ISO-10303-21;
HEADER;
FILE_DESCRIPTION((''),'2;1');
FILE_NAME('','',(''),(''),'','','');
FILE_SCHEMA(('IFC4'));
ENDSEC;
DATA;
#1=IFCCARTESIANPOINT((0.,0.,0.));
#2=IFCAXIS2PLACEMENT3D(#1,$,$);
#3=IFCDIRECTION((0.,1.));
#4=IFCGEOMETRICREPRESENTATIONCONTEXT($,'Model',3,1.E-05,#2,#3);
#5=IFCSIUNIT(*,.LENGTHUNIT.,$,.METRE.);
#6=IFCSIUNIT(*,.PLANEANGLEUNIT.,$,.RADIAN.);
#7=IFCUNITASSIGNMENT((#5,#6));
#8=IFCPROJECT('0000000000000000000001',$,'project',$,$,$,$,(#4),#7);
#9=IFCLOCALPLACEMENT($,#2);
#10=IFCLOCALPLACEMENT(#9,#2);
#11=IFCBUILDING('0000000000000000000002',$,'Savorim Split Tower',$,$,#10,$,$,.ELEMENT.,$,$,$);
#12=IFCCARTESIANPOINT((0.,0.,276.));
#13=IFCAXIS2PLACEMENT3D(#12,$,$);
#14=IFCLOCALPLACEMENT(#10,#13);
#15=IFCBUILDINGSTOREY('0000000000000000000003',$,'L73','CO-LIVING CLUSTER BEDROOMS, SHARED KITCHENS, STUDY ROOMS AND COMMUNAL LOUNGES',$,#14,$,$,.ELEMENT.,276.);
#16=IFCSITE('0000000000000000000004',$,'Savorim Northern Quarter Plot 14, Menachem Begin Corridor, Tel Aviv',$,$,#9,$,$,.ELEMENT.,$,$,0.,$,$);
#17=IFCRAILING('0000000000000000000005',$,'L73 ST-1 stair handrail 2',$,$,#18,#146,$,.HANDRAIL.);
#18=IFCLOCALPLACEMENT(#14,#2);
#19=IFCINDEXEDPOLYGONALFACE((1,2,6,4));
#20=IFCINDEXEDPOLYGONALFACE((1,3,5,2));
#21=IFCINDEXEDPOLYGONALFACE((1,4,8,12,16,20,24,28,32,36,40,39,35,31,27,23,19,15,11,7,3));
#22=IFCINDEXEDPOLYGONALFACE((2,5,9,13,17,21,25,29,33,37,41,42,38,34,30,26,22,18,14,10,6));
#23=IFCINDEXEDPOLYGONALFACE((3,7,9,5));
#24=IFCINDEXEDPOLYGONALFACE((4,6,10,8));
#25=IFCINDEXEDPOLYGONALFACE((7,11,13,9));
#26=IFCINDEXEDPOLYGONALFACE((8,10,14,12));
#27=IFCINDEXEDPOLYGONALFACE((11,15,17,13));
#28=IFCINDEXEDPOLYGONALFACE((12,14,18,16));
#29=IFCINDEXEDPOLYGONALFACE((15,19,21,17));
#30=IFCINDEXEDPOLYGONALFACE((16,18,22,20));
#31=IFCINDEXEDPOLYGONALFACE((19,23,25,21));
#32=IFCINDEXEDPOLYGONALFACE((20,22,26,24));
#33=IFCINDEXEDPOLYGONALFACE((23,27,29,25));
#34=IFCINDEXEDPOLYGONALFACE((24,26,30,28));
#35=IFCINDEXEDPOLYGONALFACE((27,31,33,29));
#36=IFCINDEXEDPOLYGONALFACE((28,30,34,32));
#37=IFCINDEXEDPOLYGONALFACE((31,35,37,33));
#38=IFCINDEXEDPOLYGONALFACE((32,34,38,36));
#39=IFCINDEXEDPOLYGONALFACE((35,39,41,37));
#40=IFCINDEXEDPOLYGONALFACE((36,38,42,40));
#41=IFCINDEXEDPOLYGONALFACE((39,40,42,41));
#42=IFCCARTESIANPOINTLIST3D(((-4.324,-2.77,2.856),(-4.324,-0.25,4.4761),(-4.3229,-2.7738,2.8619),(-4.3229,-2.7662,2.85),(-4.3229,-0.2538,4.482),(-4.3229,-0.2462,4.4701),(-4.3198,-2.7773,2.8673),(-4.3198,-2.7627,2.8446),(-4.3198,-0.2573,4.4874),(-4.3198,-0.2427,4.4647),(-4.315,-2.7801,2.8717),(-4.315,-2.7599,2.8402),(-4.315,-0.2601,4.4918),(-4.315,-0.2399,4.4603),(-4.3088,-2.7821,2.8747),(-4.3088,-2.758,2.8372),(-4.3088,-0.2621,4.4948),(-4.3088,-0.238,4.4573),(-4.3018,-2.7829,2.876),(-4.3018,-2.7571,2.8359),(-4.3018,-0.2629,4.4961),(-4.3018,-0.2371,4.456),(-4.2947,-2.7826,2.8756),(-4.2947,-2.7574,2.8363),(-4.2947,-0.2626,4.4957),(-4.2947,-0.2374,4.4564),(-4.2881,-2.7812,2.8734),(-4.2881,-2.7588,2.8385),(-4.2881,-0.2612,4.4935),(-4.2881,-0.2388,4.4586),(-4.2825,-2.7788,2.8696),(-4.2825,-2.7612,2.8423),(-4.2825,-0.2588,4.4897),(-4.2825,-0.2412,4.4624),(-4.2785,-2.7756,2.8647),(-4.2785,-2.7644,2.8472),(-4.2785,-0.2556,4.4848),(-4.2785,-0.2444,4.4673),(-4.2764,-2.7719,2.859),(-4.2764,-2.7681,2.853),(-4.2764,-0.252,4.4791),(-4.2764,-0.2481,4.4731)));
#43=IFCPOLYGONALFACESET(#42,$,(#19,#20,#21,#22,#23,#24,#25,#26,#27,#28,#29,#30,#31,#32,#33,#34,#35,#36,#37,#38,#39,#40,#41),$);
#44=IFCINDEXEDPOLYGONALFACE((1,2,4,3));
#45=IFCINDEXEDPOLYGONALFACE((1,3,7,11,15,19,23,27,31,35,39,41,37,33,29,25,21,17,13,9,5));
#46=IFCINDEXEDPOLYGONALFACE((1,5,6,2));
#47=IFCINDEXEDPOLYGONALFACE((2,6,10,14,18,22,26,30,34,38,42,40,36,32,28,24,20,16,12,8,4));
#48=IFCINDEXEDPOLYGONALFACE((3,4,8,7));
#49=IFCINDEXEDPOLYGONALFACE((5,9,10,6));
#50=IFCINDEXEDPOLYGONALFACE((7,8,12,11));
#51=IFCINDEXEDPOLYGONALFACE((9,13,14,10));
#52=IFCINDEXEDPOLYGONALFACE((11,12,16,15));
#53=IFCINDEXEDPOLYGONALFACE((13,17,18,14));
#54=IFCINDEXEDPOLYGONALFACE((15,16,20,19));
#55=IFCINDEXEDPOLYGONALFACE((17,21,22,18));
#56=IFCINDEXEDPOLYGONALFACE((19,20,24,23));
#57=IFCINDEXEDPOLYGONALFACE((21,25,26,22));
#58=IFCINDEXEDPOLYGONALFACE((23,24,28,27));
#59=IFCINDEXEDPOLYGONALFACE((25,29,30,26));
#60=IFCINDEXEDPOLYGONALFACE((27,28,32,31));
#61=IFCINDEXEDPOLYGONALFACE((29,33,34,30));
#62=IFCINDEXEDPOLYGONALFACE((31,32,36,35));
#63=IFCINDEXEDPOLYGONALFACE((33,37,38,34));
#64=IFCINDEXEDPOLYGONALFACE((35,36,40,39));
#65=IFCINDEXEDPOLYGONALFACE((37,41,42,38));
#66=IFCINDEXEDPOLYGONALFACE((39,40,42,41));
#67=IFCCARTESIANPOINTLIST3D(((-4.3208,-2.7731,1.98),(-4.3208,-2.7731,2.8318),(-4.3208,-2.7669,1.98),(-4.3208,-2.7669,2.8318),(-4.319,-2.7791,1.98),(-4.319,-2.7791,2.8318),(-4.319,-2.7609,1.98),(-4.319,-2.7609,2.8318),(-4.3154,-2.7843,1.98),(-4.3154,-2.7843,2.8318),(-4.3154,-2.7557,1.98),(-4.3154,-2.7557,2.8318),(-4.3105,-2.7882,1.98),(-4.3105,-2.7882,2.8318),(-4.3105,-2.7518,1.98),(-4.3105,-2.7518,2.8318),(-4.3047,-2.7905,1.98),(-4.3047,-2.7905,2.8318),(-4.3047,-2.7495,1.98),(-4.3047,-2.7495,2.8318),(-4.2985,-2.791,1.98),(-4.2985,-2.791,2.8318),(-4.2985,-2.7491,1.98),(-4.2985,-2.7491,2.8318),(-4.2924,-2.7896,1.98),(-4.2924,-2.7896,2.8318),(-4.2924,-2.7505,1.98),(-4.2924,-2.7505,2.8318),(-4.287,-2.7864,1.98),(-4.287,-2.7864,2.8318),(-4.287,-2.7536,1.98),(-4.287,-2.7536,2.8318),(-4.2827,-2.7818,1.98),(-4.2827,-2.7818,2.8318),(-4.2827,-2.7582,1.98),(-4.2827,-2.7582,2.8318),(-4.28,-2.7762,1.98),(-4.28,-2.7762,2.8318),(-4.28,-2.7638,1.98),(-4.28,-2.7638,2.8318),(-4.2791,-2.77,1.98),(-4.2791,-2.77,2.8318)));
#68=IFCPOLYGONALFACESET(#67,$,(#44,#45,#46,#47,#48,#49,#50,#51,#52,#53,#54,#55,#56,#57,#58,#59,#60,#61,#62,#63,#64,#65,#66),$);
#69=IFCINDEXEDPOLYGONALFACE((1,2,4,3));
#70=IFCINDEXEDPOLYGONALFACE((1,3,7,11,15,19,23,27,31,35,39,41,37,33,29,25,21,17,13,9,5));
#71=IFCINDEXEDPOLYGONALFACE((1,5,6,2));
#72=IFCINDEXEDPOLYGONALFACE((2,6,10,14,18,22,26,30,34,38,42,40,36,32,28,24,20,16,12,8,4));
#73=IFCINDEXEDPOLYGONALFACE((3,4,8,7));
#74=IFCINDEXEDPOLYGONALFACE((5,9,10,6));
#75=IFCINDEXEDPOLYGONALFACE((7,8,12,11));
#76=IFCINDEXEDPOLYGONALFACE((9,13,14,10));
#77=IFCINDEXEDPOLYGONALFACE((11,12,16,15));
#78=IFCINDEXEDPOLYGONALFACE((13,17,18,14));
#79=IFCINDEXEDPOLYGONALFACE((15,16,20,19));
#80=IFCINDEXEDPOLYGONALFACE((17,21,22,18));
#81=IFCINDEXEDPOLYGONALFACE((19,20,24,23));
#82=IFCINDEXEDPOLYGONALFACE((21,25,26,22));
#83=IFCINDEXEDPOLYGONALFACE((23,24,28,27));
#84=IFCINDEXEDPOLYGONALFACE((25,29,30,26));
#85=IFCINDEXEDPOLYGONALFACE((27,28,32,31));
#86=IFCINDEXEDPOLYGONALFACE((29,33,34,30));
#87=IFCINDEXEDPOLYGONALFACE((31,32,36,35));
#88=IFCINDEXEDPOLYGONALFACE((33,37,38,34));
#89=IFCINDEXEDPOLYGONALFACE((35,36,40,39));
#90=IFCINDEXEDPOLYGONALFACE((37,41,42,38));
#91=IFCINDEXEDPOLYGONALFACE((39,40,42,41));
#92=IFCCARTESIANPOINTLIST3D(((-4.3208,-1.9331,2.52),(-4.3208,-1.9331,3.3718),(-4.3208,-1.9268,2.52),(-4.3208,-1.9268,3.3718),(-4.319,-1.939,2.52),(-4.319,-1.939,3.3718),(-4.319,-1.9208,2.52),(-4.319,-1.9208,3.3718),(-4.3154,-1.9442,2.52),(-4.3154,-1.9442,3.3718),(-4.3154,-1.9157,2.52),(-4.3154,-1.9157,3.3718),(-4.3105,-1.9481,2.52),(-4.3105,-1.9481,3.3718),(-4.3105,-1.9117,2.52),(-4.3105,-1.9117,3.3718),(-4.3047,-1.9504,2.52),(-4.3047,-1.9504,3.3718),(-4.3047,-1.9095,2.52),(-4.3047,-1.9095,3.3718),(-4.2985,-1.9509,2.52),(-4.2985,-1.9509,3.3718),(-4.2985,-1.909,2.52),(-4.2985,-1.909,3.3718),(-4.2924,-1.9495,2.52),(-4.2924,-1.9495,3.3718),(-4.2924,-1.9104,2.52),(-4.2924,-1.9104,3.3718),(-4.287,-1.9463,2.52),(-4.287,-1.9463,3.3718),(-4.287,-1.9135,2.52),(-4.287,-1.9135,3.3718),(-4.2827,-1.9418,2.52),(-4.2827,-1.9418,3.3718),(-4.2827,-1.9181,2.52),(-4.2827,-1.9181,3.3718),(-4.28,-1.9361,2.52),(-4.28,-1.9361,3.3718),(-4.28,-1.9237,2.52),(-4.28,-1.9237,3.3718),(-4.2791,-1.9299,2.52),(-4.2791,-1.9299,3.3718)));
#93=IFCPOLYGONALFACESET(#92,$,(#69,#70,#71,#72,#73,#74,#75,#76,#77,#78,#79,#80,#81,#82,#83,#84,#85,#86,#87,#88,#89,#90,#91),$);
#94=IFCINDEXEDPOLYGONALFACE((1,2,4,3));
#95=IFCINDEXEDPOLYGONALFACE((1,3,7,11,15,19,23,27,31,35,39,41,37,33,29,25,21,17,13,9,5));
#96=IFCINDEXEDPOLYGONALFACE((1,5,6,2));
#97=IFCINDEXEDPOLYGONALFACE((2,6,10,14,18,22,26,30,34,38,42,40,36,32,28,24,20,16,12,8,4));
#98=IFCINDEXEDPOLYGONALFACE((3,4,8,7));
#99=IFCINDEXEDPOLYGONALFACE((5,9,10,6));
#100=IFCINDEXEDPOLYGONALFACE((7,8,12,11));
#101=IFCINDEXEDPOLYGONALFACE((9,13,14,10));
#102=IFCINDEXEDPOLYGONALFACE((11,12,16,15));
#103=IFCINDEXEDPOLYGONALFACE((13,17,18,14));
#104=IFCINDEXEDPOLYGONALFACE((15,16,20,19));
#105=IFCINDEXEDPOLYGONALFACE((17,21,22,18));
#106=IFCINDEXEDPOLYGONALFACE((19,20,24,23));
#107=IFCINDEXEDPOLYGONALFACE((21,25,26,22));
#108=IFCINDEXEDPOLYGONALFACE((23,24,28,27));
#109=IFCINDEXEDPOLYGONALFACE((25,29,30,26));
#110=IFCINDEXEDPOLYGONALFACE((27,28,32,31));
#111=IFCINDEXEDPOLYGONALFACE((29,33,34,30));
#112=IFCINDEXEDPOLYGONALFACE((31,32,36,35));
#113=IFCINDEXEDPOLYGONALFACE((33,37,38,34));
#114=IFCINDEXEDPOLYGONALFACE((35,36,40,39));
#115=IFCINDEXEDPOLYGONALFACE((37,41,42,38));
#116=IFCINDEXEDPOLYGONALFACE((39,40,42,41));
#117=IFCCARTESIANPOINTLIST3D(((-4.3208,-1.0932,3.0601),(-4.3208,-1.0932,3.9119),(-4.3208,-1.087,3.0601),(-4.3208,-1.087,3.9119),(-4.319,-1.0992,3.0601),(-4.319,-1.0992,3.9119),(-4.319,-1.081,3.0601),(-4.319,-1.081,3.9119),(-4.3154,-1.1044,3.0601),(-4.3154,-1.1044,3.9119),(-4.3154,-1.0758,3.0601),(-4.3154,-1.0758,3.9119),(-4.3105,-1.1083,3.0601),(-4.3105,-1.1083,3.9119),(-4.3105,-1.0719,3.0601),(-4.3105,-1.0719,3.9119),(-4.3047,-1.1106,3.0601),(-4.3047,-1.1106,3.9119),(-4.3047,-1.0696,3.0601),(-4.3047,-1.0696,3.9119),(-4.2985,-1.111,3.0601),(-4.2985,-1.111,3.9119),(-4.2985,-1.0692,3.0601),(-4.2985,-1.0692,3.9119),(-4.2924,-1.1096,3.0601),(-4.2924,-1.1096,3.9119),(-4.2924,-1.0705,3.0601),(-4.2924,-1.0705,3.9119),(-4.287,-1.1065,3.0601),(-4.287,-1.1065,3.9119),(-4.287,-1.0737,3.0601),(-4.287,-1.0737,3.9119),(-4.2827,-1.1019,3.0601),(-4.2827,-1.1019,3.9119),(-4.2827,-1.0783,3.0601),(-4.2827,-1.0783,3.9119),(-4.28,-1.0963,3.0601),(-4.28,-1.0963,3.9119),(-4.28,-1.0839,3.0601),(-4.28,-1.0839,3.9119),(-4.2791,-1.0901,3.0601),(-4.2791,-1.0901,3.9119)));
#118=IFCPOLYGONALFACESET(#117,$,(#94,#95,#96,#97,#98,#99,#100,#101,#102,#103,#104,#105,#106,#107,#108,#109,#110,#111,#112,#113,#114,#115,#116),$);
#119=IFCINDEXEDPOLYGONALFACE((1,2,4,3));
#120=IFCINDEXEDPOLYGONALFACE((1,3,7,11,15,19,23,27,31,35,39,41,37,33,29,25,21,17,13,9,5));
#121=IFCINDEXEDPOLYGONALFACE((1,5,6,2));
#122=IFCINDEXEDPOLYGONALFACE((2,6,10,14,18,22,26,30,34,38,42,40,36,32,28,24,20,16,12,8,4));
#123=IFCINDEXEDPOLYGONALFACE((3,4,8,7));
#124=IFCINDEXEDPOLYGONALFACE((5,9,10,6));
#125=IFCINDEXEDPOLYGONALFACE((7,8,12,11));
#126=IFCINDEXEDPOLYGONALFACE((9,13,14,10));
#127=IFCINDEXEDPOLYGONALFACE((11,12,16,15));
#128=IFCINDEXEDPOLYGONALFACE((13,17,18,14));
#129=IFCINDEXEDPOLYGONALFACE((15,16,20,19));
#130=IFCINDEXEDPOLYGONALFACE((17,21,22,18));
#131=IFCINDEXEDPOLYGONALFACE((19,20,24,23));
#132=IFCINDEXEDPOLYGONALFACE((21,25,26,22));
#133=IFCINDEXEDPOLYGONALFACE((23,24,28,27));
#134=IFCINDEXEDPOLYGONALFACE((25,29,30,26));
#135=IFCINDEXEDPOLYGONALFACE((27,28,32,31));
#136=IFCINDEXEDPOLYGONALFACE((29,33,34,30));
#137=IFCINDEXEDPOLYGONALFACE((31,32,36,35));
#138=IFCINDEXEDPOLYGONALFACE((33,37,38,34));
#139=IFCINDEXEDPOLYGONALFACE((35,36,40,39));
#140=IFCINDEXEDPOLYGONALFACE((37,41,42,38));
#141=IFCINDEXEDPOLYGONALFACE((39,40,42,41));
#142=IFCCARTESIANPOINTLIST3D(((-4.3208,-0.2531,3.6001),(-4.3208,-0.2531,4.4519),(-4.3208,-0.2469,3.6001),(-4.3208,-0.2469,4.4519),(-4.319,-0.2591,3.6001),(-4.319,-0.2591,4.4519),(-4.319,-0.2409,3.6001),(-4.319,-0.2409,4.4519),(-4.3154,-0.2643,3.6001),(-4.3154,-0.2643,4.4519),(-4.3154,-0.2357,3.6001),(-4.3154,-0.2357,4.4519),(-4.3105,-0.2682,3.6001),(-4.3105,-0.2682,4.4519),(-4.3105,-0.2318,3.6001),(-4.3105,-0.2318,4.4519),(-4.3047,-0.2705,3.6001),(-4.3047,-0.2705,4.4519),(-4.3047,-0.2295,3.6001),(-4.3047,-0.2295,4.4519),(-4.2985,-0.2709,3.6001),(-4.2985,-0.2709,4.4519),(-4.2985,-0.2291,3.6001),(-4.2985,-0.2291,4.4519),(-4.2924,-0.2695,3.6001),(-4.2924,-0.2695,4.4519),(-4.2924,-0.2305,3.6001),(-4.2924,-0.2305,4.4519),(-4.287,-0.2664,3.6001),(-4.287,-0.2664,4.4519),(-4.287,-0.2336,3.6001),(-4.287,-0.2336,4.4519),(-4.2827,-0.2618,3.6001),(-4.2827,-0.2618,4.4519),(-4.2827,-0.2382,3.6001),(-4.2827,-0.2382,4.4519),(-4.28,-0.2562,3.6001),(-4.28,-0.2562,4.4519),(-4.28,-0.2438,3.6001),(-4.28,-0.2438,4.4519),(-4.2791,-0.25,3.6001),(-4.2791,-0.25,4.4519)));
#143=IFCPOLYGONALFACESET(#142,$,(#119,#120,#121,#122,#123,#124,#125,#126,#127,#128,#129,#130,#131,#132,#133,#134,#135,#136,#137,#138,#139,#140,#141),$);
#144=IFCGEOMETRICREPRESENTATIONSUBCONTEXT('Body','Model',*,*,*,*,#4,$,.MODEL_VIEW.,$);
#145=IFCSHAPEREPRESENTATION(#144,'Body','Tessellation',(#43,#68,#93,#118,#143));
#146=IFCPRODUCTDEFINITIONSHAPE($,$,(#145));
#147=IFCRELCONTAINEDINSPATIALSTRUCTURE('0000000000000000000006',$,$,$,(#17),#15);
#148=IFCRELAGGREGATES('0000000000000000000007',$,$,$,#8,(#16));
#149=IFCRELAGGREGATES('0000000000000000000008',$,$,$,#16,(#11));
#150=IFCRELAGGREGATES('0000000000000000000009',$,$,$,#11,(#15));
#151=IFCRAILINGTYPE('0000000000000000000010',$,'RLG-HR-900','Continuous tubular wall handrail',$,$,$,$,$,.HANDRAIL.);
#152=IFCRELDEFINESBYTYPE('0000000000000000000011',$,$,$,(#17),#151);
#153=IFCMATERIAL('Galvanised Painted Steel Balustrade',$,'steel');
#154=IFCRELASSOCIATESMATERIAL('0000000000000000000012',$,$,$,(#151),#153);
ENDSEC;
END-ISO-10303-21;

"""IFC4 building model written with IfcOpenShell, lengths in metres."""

from ifc_helpers import new_model, si_unit, direction, frame, origin, origin_2d, place, context, subcontext, project, spatial, circle, extrude, material, type_object, element, save


model = new_model("IFC4")

# Units and contexts
model_context = context("Model", 3, precision=1e-05, world=origin(), true_north=direction((0.0, 1.0)))
body_context = subcontext(model_context, "Body", "Model", "MODEL_VIEW")
ifc_project = project(units=[si_unit("LENGTHUNIT", "METRE"), si_unit("PLANEANGLEUNIT", "RADIAN")], contexts=[model_context])

# Site, building, storey
site_placement = place(None, origin())
site = spatial("IfcSite", under=ifc_project, at=site_placement, Name="Savorim Northern Quarter Plot 14, Menachem Begin Corridor, Tel Aviv", CompositionType="ELEMENT", RefElevation=0.0)
building_placement = place(site_placement, origin())
building = spatial("IfcBuilding", under=site, at=building_placement, Name="Savorim Split Tower", CompositionType="ELEMENT")
storey_placement = place(building_placement, frame((0.0, 0.0, 276.0)))
storey = spatial("IfcBuildingStorey", under=building, at=storey_placement, Name="L73", Description="CO-LIVING CLUSTER BEDROOMS, SHARED KITCHENS, STUDY ROOMS AND COMMUNAL LOUNGES", CompositionType="ELEMENT", Elevation=276.0)

# Railing
ifc_material_1 = material(Name="Galvanised Painted Steel Balustrade", Category="steel")
railing_type = type_object("IfcRailingType", Name="RLG-HR-900", Description="Continuous tubular wall handrail", PredefinedType="HANDRAIL", material=ifc_material_1)
railing_placement = place(storey_placement, frame((-4.3, -2.77, 1.98)))
element("IfcRailing", 1, at=railing_placement, inside=storey, type_object=railing_type, Name="L73 ST-1 stair handrail 2", PredefinedType="HANDRAIL", context=body_context, shape_type="SweptSolid", body=[
    extrude(circle(Radius=0.0239, at=origin_2d()), frame((0.0, 0.0, 0.876), z_axis=(0.0, 0.841163, 0.540782), x_axis=(-1.0, 0.0, 0.0)), (0.0, 0.0, 1.0), 2.9958),
    extrude(circle(Radius=0.021, at=origin_2d()), origin(), (0.0, 0.0, 1.0), 0.8518),
    extrude(circle(Radius=0.021, at=origin_2d()), frame((0.0, 0.8401, 0.54)), (0.0, 0.0, 1.0), 0.8518),
    extrude(circle(Radius=0.021, at=origin_2d()), frame((0.0, 1.6799, 1.0801)), (0.0, 0.0, 1.0), 0.8518),
    extrude(circle(Radius=0.021, at=origin_2d()), frame((0.0, 2.52, 1.6201)), (0.0, 0.0, 1.0), 0.8518),
])

save(model, "model.ifc")
